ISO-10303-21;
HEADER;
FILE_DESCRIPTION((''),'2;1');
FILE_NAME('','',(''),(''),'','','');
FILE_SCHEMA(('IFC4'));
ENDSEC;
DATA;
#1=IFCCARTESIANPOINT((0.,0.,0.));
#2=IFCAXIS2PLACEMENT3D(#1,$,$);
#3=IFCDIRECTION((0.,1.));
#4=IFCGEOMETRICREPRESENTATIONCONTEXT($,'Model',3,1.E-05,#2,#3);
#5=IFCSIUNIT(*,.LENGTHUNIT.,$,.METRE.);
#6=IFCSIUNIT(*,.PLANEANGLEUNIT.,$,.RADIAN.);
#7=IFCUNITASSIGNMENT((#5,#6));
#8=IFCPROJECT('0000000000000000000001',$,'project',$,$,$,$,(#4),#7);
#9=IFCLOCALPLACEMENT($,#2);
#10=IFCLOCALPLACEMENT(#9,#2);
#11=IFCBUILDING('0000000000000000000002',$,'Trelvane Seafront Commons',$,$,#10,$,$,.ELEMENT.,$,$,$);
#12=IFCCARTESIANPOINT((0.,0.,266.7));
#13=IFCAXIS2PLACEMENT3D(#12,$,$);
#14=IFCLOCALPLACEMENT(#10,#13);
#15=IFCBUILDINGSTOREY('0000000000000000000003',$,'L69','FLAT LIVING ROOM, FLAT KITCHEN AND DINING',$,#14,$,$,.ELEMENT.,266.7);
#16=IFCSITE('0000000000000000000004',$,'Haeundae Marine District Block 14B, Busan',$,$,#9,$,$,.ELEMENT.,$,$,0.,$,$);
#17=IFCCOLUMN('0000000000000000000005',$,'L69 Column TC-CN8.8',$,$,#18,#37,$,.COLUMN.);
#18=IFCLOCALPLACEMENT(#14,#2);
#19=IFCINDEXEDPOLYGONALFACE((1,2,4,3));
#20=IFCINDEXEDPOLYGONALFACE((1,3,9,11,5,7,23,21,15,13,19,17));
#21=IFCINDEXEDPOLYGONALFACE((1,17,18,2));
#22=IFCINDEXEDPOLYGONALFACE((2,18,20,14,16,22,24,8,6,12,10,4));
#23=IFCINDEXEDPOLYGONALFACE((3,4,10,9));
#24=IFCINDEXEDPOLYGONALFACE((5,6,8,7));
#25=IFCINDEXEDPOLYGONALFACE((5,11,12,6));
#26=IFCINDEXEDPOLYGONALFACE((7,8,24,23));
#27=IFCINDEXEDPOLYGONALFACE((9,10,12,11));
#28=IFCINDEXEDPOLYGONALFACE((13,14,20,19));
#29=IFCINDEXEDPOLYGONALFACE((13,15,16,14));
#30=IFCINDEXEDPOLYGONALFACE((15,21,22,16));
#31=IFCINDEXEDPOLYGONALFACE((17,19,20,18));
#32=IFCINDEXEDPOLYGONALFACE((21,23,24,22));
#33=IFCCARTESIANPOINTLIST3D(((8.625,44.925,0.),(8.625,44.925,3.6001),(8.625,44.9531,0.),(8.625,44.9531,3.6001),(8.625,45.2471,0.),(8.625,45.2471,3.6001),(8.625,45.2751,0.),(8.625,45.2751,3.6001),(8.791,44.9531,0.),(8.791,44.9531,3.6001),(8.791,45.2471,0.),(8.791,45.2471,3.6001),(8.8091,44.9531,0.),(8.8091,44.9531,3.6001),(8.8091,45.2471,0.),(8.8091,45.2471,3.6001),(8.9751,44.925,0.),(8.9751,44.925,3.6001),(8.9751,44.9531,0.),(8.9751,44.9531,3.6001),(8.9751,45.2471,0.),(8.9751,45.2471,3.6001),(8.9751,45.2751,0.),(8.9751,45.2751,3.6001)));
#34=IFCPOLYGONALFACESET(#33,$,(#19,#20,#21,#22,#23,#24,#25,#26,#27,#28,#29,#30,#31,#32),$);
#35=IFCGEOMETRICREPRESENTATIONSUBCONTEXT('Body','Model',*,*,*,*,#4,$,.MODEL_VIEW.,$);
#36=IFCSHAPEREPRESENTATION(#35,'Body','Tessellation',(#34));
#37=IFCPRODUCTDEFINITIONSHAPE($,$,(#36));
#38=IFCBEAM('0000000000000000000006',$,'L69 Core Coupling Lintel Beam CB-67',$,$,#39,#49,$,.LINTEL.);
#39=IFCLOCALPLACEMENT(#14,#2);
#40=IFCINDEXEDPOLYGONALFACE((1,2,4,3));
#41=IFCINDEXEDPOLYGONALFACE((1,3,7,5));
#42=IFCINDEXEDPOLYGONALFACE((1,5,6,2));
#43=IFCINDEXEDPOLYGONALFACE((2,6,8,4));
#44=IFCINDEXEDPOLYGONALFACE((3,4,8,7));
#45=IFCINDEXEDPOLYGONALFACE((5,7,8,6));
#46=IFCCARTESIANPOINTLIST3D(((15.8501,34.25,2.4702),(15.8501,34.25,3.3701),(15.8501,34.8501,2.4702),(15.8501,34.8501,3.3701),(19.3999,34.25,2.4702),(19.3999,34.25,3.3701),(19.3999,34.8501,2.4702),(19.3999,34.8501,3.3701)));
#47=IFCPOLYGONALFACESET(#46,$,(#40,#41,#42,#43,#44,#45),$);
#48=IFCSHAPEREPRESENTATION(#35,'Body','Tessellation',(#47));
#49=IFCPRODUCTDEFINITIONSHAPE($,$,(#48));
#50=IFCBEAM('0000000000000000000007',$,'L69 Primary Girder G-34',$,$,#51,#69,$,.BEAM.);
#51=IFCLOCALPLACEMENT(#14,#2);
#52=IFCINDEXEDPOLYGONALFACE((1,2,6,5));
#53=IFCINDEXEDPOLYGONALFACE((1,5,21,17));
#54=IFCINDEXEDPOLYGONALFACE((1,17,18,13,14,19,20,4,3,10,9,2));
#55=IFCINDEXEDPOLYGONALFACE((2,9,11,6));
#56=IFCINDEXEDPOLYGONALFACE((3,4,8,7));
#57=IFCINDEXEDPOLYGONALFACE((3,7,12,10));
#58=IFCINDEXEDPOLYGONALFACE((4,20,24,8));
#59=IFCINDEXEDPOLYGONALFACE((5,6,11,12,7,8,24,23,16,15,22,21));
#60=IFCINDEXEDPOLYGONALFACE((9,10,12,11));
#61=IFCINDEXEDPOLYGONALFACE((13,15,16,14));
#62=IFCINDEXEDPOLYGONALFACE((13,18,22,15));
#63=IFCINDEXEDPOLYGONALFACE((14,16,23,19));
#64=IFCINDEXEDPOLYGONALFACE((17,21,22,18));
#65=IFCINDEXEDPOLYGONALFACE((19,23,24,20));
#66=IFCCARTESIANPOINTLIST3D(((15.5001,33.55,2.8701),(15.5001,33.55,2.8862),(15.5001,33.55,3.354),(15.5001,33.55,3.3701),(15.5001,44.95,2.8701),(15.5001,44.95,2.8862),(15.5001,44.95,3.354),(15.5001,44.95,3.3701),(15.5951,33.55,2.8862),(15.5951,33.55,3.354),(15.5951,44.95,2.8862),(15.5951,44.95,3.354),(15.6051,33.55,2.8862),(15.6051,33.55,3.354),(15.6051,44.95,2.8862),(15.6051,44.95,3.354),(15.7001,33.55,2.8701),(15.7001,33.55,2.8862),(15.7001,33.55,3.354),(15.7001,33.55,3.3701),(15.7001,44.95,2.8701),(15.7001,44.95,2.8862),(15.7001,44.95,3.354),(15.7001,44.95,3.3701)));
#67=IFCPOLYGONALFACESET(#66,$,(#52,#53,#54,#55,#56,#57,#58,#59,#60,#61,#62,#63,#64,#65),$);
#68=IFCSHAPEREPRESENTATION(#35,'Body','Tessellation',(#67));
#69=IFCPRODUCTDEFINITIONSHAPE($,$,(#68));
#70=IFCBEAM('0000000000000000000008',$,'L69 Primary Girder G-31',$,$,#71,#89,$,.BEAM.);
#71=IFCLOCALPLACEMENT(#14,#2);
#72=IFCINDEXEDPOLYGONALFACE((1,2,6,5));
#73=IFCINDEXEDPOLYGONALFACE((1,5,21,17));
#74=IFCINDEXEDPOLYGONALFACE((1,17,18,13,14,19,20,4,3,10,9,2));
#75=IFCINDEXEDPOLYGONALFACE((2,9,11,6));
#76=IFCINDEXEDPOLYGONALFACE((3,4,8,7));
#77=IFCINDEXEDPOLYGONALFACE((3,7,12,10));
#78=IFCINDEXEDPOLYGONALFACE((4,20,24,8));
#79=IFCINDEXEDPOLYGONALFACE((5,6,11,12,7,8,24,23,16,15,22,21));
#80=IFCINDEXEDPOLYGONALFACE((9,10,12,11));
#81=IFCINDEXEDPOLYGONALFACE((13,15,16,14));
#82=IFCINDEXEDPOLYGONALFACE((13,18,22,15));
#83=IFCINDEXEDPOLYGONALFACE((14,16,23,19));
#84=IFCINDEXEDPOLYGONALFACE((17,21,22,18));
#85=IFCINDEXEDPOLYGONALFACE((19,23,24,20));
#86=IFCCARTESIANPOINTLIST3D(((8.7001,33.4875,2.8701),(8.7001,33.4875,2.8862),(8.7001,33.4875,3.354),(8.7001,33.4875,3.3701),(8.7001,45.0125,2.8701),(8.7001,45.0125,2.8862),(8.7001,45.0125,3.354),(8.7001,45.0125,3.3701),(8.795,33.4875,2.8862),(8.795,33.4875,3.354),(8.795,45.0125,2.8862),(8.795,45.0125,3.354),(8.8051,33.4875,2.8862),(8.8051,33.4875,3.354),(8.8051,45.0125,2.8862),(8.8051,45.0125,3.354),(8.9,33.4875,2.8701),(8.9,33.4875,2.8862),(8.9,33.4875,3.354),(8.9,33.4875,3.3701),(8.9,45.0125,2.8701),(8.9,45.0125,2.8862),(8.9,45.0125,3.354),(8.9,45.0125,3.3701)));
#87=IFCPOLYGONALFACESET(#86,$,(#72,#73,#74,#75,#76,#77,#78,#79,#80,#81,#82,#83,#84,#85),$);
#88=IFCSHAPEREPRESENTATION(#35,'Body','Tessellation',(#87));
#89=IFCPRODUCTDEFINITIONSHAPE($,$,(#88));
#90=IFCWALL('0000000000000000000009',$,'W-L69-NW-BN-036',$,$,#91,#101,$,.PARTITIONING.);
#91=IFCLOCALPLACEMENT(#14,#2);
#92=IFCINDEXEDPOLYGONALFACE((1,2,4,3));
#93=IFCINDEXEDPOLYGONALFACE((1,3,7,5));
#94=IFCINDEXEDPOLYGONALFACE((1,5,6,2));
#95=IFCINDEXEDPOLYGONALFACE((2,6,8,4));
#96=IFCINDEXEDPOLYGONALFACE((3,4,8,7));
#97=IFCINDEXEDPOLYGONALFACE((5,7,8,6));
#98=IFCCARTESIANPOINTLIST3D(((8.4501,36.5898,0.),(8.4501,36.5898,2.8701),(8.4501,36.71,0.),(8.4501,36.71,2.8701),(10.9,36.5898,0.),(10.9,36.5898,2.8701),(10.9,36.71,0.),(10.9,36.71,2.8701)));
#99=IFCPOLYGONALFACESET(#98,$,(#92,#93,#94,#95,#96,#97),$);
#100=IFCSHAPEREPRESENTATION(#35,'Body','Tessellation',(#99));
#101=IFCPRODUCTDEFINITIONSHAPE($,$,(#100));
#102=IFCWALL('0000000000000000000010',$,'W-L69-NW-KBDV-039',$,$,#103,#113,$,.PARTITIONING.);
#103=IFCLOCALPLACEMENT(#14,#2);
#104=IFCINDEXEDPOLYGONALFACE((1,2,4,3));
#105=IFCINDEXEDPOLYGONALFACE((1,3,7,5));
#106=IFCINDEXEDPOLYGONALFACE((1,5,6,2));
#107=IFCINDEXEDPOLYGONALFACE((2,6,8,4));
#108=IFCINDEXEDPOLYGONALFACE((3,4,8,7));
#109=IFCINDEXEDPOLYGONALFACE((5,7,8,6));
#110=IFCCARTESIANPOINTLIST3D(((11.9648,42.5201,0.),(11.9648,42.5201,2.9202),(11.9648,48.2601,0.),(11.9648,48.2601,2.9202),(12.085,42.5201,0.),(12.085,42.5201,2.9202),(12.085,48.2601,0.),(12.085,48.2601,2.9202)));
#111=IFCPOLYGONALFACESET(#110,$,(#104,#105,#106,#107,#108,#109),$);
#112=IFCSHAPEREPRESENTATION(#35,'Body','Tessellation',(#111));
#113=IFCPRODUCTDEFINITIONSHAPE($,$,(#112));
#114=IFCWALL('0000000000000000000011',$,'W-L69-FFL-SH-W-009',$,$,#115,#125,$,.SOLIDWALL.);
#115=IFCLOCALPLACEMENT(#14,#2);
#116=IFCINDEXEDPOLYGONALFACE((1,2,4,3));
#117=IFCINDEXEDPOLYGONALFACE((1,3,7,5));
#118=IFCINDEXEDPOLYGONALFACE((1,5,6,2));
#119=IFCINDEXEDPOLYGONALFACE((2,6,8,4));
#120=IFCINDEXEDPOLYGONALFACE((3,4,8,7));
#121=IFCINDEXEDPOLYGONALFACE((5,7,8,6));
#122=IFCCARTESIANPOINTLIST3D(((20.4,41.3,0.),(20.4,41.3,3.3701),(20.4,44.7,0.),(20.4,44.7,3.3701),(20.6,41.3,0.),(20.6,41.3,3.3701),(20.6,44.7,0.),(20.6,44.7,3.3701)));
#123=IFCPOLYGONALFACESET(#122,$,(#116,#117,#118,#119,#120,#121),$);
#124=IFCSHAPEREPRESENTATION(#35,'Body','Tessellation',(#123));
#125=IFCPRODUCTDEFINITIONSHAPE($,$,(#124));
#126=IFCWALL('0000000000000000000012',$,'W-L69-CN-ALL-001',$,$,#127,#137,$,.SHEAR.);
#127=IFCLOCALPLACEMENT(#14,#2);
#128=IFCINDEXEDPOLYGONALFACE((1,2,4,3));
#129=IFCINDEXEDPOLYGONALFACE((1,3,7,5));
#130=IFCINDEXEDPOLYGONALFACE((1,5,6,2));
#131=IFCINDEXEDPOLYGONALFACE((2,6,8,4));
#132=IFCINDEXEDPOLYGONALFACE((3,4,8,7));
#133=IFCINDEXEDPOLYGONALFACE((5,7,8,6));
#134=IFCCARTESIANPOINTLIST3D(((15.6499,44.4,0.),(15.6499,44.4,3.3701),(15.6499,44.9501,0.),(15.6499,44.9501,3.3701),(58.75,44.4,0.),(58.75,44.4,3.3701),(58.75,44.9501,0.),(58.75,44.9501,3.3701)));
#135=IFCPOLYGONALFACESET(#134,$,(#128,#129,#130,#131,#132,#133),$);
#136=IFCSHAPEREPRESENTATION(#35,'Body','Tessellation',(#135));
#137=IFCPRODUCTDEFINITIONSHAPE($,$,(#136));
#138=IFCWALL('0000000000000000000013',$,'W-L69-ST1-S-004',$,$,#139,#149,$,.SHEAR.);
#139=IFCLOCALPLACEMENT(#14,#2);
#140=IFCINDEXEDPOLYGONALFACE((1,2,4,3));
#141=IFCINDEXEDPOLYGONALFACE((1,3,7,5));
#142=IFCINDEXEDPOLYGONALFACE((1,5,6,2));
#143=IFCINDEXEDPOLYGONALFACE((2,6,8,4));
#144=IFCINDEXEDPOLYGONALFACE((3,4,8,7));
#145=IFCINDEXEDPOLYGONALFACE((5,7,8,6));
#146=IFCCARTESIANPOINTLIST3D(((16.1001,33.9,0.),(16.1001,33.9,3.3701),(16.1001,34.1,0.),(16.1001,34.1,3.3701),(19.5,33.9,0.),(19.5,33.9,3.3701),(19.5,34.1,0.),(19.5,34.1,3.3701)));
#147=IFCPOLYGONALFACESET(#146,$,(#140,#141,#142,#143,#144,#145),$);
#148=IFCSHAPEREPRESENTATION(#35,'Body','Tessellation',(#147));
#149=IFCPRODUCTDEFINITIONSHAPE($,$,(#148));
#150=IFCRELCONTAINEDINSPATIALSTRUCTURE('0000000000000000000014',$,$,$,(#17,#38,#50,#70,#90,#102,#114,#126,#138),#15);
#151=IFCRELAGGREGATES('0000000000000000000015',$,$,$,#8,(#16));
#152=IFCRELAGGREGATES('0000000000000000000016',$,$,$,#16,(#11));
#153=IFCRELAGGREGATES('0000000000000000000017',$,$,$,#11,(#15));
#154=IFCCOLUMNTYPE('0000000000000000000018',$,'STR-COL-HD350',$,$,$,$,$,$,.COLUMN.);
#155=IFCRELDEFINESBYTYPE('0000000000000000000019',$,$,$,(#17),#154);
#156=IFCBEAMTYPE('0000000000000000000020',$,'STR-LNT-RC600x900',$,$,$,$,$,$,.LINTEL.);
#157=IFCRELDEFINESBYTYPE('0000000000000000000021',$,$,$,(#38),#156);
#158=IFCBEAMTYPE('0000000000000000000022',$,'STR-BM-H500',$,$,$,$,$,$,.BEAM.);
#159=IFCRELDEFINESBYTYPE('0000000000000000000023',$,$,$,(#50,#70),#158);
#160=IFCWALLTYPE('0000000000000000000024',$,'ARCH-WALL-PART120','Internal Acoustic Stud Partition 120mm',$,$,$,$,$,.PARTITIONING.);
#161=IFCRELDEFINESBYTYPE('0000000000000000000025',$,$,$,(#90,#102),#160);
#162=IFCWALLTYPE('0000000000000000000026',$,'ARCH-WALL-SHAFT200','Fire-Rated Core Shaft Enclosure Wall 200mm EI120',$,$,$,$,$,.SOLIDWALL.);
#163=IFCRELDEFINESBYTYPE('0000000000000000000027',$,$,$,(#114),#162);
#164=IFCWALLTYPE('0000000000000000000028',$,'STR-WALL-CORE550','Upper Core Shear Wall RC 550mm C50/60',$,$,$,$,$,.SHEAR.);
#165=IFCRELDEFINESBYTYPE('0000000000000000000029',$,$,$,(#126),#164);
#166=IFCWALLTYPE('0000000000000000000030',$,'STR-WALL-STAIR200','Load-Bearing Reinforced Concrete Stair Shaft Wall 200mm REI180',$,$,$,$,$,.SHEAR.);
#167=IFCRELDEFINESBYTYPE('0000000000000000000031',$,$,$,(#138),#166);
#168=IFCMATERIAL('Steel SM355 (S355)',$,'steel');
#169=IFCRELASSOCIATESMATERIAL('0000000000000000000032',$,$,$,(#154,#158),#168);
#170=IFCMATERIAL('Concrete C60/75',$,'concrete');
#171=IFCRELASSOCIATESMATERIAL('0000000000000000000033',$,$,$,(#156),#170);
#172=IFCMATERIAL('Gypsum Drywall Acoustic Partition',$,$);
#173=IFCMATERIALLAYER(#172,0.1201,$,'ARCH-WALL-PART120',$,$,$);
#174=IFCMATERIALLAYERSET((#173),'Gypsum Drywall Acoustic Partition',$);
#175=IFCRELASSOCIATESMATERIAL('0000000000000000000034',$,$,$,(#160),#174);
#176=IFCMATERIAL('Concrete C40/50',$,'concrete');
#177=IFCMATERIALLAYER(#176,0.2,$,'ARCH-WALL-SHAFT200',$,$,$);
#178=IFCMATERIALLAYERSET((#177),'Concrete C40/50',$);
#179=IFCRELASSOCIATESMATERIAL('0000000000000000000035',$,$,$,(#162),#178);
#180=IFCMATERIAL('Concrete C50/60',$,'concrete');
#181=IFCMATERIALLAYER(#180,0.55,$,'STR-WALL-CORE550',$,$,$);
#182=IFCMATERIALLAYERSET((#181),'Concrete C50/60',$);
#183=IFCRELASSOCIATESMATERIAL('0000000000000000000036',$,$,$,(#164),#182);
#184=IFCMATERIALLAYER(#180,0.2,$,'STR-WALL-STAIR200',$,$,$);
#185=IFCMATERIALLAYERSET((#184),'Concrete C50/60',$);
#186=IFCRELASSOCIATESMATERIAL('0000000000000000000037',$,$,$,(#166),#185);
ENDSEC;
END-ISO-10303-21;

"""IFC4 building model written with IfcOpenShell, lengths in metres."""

from ifc_helpers import new_model, si_unit, direction, frame, frame_2d, origin, origin_2d, place, context, subcontext, project, spatial, rectangle, i_section, extrude, source, transform, mapped, material, layer, layer_set, material_profile, profile_set, type_object, element, save


model = new_model("IFC4")

# Units and contexts
model_context = context("Model", 3, precision=1e-05, world=origin(), true_north=direction((0.0, 1.0)))
body_context = subcontext(model_context, "Body", "Model", "MODEL_VIEW")
ifc_project = project(units=[si_unit("LENGTHUNIT", "METRE"), si_unit("PLANEANGLEUNIT", "RADIAN")], contexts=[model_context])

# Site, building, storey
site_placement = place(None, origin())
site = spatial("IfcSite", under=ifc_project, at=site_placement, Name="Haeundae Marine District Block 14B, Busan", CompositionType="ELEMENT", RefElevation=0.0)
building_placement = place(site_placement, origin())
building = spatial("IfcBuilding", under=site, at=building_placement, Name="Trelvane Seafront Commons", CompositionType="ELEMENT")
storey_placement = place(building_placement, frame((0.0, 0.0, 266.7)))
storey = spatial("IfcBuildingStorey", under=building, at=storey_placement, Name="L69", Description="FLAT LIVING ROOM, FLAT KITCHEN AND DINING", CompositionType="ELEMENT", Elevation=266.7)

# Column
ifc_material_1 = material(Name="Steel SM355 (S355)", Category="steel")
ifc_material_profile_1 = material_profile(ifc_material_1, i_section(OverallWidth=0.3501, OverallDepth=0.3501, WebThickness=0.0181, FlangeThickness=0.0281, at=origin_2d()), Name="HD-350x350x18x28")
ifc_profile_set_1 = profile_set([ifc_material_profile_1], Name="Steel SM355 (S355)")
column_type = type_object("IfcColumnType", Name="STR-COL-HD350", PredefinedType="COLUMN", material=ifc_profile_set_1)
shared_shape_1 = source(origin(), body_context, "Body", "SweptSolid", [
    extrude(i_section(OverallWidth=0.3501, OverallDepth=0.3501, WebThickness=0.0181, FlangeThickness=0.0281, at=origin_2d()), origin(), (0.0, 0.0, 1.0), 3.6001),
])
column_placement = place(storey_placement, frame((8.8, 45.1001, 0.0), z_axis=(0.0, 0.0, 1.0), x_axis=(1.0, 0.0, 0.0)))
element("IfcColumn", 1, at=column_placement, inside=storey, type_object=column_type, Name="L69 Column TC-CN8.8", PredefinedType="COLUMN", context=body_context, shape_type="MappedRepresentation", body=[
    mapped(shared_shape_1, transform((0.0, 0.0, 0.0), x_axis=(1.0, 0.0, 0.0), y_axis=(0.0, 1.0, 0.0), z_axis=(0.0, 0.0, 1.0), scale=1.0)),
])

# Beams
ifc_material_2 = material(Name="Concrete C60/75", Category="concrete")
ifc_material_profile_2 = material_profile(ifc_material_2, rectangle(XDim=0.6001, YDim=0.8999, at=origin_2d()), Name="RC-600x900")
ifc_profile_set_2 = profile_set([ifc_material_profile_2], Name="Concrete C60/75")
beam_type_1 = type_object("IfcBeamType", Name="STR-LNT-RC600x900", PredefinedType="LINTEL", material=ifc_profile_set_2)
shared_shape_2 = source(origin(), body_context, "Body", "SweptSolid", [
    extrude(rectangle(XDim=0.6001, YDim=0.8999, at=origin_2d()), origin(), (0.0, 0.0, 1.0), 3.5498),
])
beam_1_placement = place(storey_placement, frame((15.8501, 34.55, 2.9202), z_axis=(1.0, 0.0, 0.0), x_axis=(0.0, 1.0, 0.0)))
element("IfcBeam", 2, at=beam_1_placement, inside=storey, type_object=beam_type_1, Name="L69 Core Coupling Lintel Beam CB-67", PredefinedType="LINTEL", context=body_context, shape_type="MappedRepresentation", body=[
    mapped(shared_shape_2, transform((0.0, 0.0, 0.0), x_axis=(1.0, 0.0, 0.0), y_axis=(0.0, 1.0, 0.0), z_axis=(0.0, 0.0, 1.0), scale=1.0)),
])
ifc_material_profile_3 = material_profile(ifc_material_1, i_section(OverallWidth=0.2, OverallDepth=0.5, WebThickness=0.01, FlangeThickness=0.0161, at=origin_2d()), Name="H-500x200x10x16")
ifc_profile_set_3 = profile_set([ifc_material_profile_3], Name="Steel SM355 (S355)")
beam_type_2 = type_object("IfcBeamType", Name="STR-BM-H500", PredefinedType="BEAM", material=ifc_profile_set_3)
shared_shape_3 = source(origin(), body_context, "Body", "SweptSolid", [
    extrude(i_section(OverallWidth=0.2, OverallDepth=0.5, WebThickness=0.01, FlangeThickness=0.0161, at=origin_2d()), origin(), (0.0, 0.0, 1.0), 11.3999),
])
beam_2_placement = place(storey_placement, frame((15.6001, 33.55, 3.1201), z_axis=(0.0, 1.0, 0.0), x_axis=(-1.0, 0.0, 0.0)))
element("IfcBeam", 3, at=beam_2_placement, inside=storey, type_object=beam_type_2, Name="L69 Primary Girder G-34", PredefinedType="BEAM", context=body_context, shape_type="MappedRepresentation", body=[
    mapped(shared_shape_3, transform((0.0, 0.0, 0.0), x_axis=(1.0, 0.0, 0.0), y_axis=(0.0, 1.0, 0.0), z_axis=(0.0, 0.0, 1.0), scale=1.0)),
])
shared_shape_4 = source(origin(), body_context, "Body", "SweptSolid", [
    extrude(i_section(OverallWidth=0.2, OverallDepth=0.5, WebThickness=0.01, FlangeThickness=0.0161, at=origin_2d()), origin(), (0.0, 0.0, 1.0), 11.5249),
])
beam_3_placement = place(storey_placement, frame((8.8, 33.4875, 3.1201), z_axis=(0.0, 1.0, 0.0), x_axis=(-1.0, 0.0, 0.0)))
element("IfcBeam", 4, at=beam_3_placement, inside=storey, type_object=beam_type_2, Name="L69 Primary Girder G-31", PredefinedType="BEAM", context=body_context, shape_type="MappedRepresentation", body=[
    mapped(shared_shape_4, transform((0.0, 0.0, 0.0), x_axis=(1.0, 0.0, 0.0), y_axis=(0.0, 1.0, 0.0), z_axis=(0.0, 0.0, 1.0), scale=1.0)),
])

# Wall
ifc_material_3 = material(Name="Gypsum Drywall Acoustic Partition")
ifc_layer_1 = layer(ifc_material_3, 0.1201, Name="ARCH-WALL-PART120")
ifc_layer_set_1 = layer_set([ifc_layer_1], Name="Gypsum Drywall Acoustic Partition")
wall_type_1 = type_object("IfcWallType", Name="ARCH-WALL-PART120", Description="Internal Acoustic Stud Partition 120mm", PredefinedType="PARTITIONING", material=ifc_layer_set_1)
wall_1_placement = place(storey_placement, frame((8.45, 36.6499, 0.0), z_axis=(0.0, 0.0, 1.0), x_axis=(1.0, 0.0, 0.0)))
element("IfcWall", 5, at=wall_1_placement, inside=storey, type_object=wall_type_1, Name="W-L69-NW-BN-036", PredefinedType="PARTITIONING", context=body_context, shape_type="SweptSolid", body=[
    extrude(rectangle(XDim=2.45, YDim=0.1201, at=frame_2d((1.2251, 0.0))), origin(), (0.0, 0.0, 1.0), 2.8701),
])

# Wall
wall_2_placement = place(storey_placement, frame((12.0249, 42.52, 0.0), z_axis=(0.0, 0.0, 1.0), x_axis=(0.0, 1.0, 0.0)))
element("IfcWall", 6, at=wall_2_placement, inside=storey, type_object=wall_type_1, Name="W-L69-NW-KBDV-039", PredefinedType="PARTITIONING", context=body_context, shape_type="SweptSolid", body=[
    extrude(rectangle(XDim=5.74, YDim=0.1201, at=frame_2d((2.8701, 0.0))), origin(), (0.0, 0.0, 1.0), 2.9202),
])

# Shared definitions
ifc_material_4 = material(Name="Concrete C40/50", Category="concrete")
ifc_layer_2 = layer(ifc_material_4, 0.2, Name="ARCH-WALL-SHAFT200")
ifc_layer_set_2 = layer_set([ifc_layer_2], Name="Concrete C40/50")
wall_type_2 = type_object("IfcWallType", Name="ARCH-WALL-SHAFT200", Description="Fire-Rated Core Shaft Enclosure Wall 200mm EI120", PredefinedType="SOLIDWALL", material=ifc_layer_set_2)

# Walls
wall_3_placement = place(storey_placement, frame((20.5, 41.3, 0.0), z_axis=(0.0, 0.0, 1.0), x_axis=(0.0, 1.0, 0.0)))
element("IfcWall", 7, at=wall_3_placement, inside=storey, type_object=wall_type_2, Name="W-L69-FFL-SH-W-009", PredefinedType="SOLIDWALL", context=body_context, shape_type="SweptSolid", body=[
    extrude(rectangle(XDim=3.3999, YDim=0.2, at=frame_2d((1.7, 0.0))), origin(), (0.0, 0.0, 1.0), 3.3701),
])
ifc_material_5 = material(Name="Concrete C50/60", Category="concrete")
ifc_layer_3 = layer(ifc_material_5, 0.55, Name="STR-WALL-CORE550")
ifc_layer_set_3 = layer_set([ifc_layer_3], Name="Concrete C50/60")
wall_type_3 = type_object("IfcWallType", Name="STR-WALL-CORE550", Description="Upper Core Shear Wall RC 550mm C50/60", PredefinedType="SHEAR", material=ifc_layer_set_3)
wall_4_placement = place(storey_placement, frame((15.6499, 44.675, 0.0), z_axis=(0.0, 0.0, 1.0), x_axis=(1.0, 0.0, 0.0)))
element("IfcWall", 8, at=wall_4_placement, inside=storey, type_object=wall_type_3, Name="W-L69-CN-ALL-001", PredefinedType="SHEAR", context=body_context, shape_type="SweptSolid", body=[
    extrude(rectangle(XDim=43.1001, YDim=0.55, at=frame_2d((21.55, 0.0))), origin(), (0.0, 0.0, 1.0), 3.3701),
])
ifc_layer_4 = layer(ifc_material_5, 0.2, Name="STR-WALL-STAIR200")
ifc_layer_set_4 = layer_set([ifc_layer_4], Name="Concrete C50/60")
wall_type_4 = type_object("IfcWallType", Name="STR-WALL-STAIR200", Description="Load-Bearing Reinforced Concrete Stair Shaft Wall 200mm REI180", PredefinedType="SHEAR", material=ifc_layer_set_4)
wall_5_placement = place(storey_placement, frame((16.1001, 34.0, 0.0), z_axis=(0.0, 0.0, 1.0), x_axis=(1.0, 0.0, 0.0)))
element("IfcWall", 9, at=wall_5_placement, inside=storey, type_object=wall_type_4, Name="W-L69-ST1-S-004", PredefinedType="SHEAR", context=body_context, shape_type="SweptSolid", body=[
    extrude(rectangle(XDim=3.3999, YDim=0.2, at=frame_2d((1.7, 0.0))), origin(), (0.0, 0.0, 1.0), 3.3701),
])

save(model, "model.ifc")
